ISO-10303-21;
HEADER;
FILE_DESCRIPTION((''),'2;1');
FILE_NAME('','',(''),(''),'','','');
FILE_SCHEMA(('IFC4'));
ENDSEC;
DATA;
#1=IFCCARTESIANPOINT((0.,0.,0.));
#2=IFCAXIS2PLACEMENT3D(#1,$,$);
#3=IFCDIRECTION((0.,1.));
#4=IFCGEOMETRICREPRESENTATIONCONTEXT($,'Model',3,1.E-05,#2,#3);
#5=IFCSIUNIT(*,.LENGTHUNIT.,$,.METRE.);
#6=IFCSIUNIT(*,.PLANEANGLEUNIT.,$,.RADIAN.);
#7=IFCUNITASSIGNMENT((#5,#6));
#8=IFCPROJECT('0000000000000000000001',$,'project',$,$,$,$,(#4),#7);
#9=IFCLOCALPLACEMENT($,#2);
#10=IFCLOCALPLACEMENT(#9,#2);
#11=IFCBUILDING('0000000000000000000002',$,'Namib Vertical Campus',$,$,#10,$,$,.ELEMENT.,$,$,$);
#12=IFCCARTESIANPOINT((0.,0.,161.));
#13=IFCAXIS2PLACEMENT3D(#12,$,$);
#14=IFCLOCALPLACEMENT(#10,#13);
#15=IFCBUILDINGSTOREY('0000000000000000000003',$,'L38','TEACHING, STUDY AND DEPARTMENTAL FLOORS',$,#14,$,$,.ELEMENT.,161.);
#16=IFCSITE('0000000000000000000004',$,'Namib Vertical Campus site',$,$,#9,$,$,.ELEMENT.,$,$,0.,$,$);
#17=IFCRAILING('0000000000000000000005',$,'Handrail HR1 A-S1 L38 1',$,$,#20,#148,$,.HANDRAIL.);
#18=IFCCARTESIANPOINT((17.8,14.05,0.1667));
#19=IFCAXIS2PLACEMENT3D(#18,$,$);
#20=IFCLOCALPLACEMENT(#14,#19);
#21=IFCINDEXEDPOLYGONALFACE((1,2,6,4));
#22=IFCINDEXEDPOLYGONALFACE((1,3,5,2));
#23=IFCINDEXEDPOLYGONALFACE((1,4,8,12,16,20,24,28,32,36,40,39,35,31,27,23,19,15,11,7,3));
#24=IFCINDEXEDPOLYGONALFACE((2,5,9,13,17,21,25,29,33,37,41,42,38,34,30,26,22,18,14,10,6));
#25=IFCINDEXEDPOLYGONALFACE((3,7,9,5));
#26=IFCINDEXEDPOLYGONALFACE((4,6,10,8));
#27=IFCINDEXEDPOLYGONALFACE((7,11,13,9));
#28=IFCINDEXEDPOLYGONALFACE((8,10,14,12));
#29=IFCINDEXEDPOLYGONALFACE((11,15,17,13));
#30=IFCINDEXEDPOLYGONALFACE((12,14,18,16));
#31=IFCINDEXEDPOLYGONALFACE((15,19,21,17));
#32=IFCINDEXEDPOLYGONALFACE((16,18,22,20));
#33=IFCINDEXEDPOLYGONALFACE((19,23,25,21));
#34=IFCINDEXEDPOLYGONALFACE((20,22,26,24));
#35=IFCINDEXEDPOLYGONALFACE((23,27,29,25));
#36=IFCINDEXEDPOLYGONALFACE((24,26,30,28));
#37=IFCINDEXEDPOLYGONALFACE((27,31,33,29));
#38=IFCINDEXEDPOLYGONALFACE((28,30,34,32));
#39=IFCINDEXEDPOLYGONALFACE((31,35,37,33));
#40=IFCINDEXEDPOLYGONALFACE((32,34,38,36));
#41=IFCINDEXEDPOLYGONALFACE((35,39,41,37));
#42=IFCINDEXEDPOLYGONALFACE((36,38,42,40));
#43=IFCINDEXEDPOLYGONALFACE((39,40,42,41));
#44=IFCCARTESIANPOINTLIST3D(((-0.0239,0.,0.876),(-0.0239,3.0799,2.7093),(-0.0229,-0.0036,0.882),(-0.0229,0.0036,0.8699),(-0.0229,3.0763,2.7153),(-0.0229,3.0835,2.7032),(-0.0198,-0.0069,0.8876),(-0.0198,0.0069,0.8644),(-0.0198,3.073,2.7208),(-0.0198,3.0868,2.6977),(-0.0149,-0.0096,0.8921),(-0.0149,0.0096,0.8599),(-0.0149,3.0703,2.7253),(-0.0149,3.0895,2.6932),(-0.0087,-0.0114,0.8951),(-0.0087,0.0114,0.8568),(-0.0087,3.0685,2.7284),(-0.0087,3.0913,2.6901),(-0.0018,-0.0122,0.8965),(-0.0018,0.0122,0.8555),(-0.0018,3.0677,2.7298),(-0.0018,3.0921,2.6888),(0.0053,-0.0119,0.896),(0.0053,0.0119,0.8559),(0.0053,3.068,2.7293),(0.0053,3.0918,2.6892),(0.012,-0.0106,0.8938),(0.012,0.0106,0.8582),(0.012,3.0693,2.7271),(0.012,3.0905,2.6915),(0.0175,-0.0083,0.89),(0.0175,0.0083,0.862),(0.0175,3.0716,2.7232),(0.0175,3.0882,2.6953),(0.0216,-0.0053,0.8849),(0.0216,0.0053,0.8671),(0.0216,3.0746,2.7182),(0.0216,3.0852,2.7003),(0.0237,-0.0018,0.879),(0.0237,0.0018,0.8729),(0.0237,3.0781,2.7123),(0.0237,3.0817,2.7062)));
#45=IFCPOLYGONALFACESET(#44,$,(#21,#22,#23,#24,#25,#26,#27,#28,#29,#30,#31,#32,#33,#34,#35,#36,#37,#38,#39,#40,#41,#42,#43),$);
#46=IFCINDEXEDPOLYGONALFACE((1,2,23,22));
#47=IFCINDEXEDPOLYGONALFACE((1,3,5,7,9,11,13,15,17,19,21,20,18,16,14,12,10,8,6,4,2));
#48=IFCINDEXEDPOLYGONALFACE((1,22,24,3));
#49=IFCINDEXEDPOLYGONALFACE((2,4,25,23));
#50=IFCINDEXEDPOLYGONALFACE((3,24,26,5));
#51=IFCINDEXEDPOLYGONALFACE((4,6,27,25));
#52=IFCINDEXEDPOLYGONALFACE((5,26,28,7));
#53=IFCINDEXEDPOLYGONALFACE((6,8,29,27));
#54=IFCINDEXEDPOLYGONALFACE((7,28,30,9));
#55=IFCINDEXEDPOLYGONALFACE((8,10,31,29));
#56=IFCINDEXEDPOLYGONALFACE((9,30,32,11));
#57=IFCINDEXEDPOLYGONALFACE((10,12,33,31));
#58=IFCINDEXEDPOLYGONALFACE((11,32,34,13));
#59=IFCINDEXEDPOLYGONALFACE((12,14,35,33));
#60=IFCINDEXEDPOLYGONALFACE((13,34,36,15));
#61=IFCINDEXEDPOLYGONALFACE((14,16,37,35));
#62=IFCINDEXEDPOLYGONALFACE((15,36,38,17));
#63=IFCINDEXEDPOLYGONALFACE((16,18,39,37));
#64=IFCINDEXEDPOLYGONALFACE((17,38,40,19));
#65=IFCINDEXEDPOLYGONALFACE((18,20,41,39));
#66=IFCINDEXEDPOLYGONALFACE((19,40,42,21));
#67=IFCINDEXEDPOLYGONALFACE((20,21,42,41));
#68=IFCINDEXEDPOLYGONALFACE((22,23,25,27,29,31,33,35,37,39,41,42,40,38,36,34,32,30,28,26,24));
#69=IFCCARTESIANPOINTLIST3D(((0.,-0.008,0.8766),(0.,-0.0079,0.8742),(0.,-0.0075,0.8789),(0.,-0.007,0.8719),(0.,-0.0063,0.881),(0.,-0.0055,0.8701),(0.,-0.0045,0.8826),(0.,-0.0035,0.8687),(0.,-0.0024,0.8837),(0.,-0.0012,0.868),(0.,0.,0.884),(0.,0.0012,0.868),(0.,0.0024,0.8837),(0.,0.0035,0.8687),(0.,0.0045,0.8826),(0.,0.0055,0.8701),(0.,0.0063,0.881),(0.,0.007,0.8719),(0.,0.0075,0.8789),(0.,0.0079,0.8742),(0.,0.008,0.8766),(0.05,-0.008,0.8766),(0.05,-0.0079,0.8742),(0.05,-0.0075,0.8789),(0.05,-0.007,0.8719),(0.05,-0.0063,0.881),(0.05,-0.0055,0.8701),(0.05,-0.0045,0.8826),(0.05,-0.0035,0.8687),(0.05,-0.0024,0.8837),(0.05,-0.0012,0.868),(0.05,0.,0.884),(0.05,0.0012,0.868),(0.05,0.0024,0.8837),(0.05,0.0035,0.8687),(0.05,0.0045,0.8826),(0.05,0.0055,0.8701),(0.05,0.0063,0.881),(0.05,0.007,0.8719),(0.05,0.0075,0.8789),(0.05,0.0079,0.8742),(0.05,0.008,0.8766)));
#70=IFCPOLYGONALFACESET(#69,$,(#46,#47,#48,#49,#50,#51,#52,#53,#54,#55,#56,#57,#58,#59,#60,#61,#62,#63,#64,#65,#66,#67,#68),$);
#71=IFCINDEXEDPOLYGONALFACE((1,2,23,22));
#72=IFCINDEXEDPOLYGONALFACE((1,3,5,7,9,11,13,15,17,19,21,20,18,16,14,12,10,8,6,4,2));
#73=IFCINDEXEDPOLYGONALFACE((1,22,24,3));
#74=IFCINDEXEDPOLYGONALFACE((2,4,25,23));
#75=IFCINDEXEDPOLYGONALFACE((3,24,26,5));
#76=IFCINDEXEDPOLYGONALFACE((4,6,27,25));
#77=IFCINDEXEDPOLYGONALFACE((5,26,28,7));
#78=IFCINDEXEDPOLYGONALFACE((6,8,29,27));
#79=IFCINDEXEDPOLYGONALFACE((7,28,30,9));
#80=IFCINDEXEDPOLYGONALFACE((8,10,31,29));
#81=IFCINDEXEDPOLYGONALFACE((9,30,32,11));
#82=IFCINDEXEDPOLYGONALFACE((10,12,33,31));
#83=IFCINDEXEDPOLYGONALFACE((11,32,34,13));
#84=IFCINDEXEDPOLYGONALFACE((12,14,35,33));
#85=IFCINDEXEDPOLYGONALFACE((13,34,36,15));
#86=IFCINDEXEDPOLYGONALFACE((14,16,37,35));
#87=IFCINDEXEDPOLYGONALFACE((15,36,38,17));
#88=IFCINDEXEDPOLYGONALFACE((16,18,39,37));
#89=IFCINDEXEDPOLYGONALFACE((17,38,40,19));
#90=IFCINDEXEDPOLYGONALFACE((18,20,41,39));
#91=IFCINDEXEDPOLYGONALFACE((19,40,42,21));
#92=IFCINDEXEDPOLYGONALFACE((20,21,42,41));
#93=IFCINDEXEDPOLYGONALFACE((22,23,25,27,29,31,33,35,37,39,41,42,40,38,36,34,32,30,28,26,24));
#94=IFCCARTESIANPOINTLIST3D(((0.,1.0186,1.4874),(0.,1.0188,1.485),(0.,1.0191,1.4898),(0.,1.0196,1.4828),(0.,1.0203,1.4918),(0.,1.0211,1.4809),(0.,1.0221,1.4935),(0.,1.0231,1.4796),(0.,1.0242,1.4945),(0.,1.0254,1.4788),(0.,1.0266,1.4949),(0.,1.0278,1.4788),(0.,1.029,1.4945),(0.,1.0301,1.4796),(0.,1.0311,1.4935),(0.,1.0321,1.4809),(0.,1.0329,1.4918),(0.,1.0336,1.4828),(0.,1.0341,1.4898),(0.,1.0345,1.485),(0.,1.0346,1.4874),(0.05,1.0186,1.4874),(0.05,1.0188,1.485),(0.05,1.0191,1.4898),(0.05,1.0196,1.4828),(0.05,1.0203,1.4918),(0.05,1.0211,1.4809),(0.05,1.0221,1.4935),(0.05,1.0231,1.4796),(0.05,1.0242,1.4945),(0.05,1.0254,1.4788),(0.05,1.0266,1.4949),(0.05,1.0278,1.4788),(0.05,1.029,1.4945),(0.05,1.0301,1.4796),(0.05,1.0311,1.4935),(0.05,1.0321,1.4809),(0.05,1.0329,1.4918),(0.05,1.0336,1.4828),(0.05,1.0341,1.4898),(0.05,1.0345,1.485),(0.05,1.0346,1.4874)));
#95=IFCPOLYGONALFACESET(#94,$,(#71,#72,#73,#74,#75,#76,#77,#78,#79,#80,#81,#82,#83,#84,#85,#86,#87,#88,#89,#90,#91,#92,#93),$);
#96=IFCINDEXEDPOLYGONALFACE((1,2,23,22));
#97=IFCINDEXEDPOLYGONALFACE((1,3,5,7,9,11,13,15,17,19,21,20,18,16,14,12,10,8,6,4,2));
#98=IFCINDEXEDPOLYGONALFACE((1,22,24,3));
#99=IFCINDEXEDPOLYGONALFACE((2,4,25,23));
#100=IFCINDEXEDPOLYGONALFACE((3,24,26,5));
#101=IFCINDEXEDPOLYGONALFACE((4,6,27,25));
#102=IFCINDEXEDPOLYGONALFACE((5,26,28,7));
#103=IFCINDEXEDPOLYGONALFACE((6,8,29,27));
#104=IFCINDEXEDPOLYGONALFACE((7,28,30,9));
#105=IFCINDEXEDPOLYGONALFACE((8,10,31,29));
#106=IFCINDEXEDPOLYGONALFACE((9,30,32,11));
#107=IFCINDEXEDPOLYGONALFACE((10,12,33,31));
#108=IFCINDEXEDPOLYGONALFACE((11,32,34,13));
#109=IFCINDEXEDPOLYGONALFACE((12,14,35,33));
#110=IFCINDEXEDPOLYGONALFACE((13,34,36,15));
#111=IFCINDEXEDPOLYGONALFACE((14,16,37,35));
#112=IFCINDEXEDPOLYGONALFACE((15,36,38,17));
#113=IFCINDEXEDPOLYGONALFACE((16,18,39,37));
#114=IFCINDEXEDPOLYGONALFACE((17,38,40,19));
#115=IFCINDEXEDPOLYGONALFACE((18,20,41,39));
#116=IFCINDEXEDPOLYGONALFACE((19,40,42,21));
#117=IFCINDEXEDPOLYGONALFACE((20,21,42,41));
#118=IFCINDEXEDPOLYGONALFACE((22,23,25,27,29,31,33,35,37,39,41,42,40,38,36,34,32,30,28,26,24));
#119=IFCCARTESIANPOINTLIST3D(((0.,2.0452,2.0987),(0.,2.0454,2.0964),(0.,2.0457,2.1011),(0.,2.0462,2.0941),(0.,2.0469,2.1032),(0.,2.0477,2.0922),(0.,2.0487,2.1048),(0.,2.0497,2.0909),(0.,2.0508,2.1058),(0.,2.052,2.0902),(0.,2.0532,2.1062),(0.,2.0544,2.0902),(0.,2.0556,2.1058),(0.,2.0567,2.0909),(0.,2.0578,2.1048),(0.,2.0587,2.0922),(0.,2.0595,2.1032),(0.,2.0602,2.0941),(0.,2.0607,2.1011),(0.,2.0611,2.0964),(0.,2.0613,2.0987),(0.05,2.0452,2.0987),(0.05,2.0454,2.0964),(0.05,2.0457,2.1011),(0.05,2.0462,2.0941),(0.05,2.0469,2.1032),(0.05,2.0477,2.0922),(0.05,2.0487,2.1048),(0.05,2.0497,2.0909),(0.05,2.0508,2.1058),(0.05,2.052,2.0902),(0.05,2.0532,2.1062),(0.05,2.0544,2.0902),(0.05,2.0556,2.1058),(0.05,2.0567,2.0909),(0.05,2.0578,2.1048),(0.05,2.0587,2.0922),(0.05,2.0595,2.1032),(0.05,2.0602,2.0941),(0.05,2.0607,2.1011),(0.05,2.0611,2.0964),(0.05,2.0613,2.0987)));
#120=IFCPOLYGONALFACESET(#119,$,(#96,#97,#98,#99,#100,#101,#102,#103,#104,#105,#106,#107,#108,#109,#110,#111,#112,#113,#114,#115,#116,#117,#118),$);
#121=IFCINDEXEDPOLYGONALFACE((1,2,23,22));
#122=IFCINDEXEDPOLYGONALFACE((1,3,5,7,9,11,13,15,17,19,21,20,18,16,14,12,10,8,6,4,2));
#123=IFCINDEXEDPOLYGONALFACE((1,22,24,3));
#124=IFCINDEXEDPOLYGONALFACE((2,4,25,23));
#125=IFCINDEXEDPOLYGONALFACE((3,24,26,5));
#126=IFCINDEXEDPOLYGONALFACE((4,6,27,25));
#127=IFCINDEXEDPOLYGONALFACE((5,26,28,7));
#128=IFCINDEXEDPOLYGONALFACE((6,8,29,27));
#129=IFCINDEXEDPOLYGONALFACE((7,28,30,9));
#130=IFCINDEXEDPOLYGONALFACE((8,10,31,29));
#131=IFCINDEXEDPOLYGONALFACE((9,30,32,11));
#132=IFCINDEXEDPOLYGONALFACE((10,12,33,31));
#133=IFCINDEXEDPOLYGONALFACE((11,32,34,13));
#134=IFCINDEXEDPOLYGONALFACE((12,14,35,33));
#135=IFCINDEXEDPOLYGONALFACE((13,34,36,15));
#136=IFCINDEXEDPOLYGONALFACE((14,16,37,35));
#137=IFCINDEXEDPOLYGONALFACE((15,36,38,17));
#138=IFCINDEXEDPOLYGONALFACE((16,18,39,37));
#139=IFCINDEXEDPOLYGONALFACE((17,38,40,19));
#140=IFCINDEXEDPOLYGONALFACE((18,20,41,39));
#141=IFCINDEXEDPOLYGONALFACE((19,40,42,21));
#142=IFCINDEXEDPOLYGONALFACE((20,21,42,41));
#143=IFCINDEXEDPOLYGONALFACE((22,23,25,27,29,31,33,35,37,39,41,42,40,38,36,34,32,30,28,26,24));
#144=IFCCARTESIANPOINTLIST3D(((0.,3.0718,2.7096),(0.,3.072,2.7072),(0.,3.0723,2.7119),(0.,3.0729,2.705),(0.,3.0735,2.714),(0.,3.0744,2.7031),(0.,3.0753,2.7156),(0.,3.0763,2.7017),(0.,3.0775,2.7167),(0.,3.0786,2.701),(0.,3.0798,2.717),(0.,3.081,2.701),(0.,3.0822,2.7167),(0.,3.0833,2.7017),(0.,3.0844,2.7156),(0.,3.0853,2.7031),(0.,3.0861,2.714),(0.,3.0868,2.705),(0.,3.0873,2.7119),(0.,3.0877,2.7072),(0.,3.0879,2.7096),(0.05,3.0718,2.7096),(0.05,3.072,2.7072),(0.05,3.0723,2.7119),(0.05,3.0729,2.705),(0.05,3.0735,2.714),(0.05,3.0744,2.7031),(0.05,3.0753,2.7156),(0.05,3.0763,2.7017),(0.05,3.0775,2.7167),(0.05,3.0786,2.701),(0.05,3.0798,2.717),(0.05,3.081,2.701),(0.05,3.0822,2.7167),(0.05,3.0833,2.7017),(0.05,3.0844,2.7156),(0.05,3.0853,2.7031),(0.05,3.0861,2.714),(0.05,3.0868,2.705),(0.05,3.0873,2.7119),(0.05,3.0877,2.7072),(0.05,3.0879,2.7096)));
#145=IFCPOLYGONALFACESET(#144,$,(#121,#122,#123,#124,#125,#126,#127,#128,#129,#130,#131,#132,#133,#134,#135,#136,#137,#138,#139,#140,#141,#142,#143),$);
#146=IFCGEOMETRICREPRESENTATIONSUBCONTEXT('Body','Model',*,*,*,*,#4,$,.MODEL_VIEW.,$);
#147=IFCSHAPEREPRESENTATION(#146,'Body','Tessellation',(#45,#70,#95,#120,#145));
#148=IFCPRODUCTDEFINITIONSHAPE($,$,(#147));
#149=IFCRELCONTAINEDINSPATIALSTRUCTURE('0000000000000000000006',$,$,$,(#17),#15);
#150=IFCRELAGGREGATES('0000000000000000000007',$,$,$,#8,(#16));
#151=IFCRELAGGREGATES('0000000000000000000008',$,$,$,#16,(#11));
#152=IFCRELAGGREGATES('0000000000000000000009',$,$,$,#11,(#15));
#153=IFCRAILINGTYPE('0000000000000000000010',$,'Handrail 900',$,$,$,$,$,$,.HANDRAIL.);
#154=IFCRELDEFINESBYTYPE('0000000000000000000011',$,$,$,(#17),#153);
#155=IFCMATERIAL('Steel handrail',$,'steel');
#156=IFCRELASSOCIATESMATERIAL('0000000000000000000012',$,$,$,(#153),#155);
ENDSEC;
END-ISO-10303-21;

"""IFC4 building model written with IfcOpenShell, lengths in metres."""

from ifc_helpers import new_model, si_unit, direction, frame, origin, origin_2d, place, context, subcontext, project, spatial, circle, extrude, material, type_object, element, save


model = new_model("IFC4")

# Units and contexts
model_context = context("Model", 3, precision=1e-05, world=origin(), true_north=direction((0.0, 1.0)))
body_context = subcontext(model_context, "Body", "Model", "MODEL_VIEW")
ifc_project = project(units=[si_unit("LENGTHUNIT", "METRE"), si_unit("PLANEANGLEUNIT", "RADIAN")], contexts=[model_context])

# Site, building, storey
site_placement = place(None, origin())
site = spatial("IfcSite", under=ifc_project, at=site_placement, Name="Namib Vertical Campus site", CompositionType="ELEMENT", RefElevation=0.0)
building_placement = place(site_placement, origin())
building = spatial("IfcBuilding", under=site, at=building_placement, Name="Namib Vertical Campus", CompositionType="ELEMENT")
storey_placement = place(building_placement, frame((0.0, 0.0, 161.0)))
storey = spatial("IfcBuildingStorey", under=building, at=storey_placement, Name="L38", Description="TEACHING, STUDY AND DEPARTMENTAL FLOORS", CompositionType="ELEMENT", Elevation=161.0)

# Railing
ifc_material_1 = material(Name="Steel handrail", Category="steel")
railing_type_1 = type_object("IfcRailingType", Name="Handrail 900", PredefinedType="HANDRAIL", material=ifc_material_1)
railing_1_placement = place(storey_placement, frame((17.8, 14.05, 0.1667)))
element("IfcRailing", 1, at=railing_1_placement, inside=storey, type_object=railing_type_1, Name="Handrail HR1 A-S1 L38 1", PredefinedType="HANDRAIL", context=body_context, shape_type="SweptSolid", body=[
    extrude(circle(Radius=0.0239, at=origin_2d()), frame((0.0, 0.0, 0.876), z_axis=(0.0, 0.859291, 0.511487), x_axis=(-1.0, 0.0, 0.0)), (0.0, 0.0, 1.0), 3.5842),
    extrude(circle(Radius=0.0081, at=origin_2d()), frame((0.0, 0.0, 0.876), z_axis=(1.0, 0.0, 0.0), x_axis=(0.0, 0.0, 1.0)), (0.0, 0.0, 1.0), 0.05),
    extrude(circle(Radius=0.0081, at=origin_2d()), frame((0.0, 1.0266, 1.4868), z_axis=(1.0, 0.0, 0.0), x_axis=(0.0, 0.0, 1.0)), (0.0, 0.0, 1.0), 0.05),
    extrude(circle(Radius=0.0081, at=origin_2d()), frame((0.0, 2.0532, 2.0981), z_axis=(1.0, 0.0, 0.0), x_axis=(0.0, 0.0, 1.0)), (0.0, 0.0, 1.0), 0.05),
    extrude(circle(Radius=0.0081, at=origin_2d()), frame((0.0, 3.0798, 2.709), z_axis=(1.0, 0.0, 0.0), x_axis=(0.0, 0.0, 1.0)), (0.0, 0.0, 1.0), 0.05),
])

save(model, "model.ifc")
